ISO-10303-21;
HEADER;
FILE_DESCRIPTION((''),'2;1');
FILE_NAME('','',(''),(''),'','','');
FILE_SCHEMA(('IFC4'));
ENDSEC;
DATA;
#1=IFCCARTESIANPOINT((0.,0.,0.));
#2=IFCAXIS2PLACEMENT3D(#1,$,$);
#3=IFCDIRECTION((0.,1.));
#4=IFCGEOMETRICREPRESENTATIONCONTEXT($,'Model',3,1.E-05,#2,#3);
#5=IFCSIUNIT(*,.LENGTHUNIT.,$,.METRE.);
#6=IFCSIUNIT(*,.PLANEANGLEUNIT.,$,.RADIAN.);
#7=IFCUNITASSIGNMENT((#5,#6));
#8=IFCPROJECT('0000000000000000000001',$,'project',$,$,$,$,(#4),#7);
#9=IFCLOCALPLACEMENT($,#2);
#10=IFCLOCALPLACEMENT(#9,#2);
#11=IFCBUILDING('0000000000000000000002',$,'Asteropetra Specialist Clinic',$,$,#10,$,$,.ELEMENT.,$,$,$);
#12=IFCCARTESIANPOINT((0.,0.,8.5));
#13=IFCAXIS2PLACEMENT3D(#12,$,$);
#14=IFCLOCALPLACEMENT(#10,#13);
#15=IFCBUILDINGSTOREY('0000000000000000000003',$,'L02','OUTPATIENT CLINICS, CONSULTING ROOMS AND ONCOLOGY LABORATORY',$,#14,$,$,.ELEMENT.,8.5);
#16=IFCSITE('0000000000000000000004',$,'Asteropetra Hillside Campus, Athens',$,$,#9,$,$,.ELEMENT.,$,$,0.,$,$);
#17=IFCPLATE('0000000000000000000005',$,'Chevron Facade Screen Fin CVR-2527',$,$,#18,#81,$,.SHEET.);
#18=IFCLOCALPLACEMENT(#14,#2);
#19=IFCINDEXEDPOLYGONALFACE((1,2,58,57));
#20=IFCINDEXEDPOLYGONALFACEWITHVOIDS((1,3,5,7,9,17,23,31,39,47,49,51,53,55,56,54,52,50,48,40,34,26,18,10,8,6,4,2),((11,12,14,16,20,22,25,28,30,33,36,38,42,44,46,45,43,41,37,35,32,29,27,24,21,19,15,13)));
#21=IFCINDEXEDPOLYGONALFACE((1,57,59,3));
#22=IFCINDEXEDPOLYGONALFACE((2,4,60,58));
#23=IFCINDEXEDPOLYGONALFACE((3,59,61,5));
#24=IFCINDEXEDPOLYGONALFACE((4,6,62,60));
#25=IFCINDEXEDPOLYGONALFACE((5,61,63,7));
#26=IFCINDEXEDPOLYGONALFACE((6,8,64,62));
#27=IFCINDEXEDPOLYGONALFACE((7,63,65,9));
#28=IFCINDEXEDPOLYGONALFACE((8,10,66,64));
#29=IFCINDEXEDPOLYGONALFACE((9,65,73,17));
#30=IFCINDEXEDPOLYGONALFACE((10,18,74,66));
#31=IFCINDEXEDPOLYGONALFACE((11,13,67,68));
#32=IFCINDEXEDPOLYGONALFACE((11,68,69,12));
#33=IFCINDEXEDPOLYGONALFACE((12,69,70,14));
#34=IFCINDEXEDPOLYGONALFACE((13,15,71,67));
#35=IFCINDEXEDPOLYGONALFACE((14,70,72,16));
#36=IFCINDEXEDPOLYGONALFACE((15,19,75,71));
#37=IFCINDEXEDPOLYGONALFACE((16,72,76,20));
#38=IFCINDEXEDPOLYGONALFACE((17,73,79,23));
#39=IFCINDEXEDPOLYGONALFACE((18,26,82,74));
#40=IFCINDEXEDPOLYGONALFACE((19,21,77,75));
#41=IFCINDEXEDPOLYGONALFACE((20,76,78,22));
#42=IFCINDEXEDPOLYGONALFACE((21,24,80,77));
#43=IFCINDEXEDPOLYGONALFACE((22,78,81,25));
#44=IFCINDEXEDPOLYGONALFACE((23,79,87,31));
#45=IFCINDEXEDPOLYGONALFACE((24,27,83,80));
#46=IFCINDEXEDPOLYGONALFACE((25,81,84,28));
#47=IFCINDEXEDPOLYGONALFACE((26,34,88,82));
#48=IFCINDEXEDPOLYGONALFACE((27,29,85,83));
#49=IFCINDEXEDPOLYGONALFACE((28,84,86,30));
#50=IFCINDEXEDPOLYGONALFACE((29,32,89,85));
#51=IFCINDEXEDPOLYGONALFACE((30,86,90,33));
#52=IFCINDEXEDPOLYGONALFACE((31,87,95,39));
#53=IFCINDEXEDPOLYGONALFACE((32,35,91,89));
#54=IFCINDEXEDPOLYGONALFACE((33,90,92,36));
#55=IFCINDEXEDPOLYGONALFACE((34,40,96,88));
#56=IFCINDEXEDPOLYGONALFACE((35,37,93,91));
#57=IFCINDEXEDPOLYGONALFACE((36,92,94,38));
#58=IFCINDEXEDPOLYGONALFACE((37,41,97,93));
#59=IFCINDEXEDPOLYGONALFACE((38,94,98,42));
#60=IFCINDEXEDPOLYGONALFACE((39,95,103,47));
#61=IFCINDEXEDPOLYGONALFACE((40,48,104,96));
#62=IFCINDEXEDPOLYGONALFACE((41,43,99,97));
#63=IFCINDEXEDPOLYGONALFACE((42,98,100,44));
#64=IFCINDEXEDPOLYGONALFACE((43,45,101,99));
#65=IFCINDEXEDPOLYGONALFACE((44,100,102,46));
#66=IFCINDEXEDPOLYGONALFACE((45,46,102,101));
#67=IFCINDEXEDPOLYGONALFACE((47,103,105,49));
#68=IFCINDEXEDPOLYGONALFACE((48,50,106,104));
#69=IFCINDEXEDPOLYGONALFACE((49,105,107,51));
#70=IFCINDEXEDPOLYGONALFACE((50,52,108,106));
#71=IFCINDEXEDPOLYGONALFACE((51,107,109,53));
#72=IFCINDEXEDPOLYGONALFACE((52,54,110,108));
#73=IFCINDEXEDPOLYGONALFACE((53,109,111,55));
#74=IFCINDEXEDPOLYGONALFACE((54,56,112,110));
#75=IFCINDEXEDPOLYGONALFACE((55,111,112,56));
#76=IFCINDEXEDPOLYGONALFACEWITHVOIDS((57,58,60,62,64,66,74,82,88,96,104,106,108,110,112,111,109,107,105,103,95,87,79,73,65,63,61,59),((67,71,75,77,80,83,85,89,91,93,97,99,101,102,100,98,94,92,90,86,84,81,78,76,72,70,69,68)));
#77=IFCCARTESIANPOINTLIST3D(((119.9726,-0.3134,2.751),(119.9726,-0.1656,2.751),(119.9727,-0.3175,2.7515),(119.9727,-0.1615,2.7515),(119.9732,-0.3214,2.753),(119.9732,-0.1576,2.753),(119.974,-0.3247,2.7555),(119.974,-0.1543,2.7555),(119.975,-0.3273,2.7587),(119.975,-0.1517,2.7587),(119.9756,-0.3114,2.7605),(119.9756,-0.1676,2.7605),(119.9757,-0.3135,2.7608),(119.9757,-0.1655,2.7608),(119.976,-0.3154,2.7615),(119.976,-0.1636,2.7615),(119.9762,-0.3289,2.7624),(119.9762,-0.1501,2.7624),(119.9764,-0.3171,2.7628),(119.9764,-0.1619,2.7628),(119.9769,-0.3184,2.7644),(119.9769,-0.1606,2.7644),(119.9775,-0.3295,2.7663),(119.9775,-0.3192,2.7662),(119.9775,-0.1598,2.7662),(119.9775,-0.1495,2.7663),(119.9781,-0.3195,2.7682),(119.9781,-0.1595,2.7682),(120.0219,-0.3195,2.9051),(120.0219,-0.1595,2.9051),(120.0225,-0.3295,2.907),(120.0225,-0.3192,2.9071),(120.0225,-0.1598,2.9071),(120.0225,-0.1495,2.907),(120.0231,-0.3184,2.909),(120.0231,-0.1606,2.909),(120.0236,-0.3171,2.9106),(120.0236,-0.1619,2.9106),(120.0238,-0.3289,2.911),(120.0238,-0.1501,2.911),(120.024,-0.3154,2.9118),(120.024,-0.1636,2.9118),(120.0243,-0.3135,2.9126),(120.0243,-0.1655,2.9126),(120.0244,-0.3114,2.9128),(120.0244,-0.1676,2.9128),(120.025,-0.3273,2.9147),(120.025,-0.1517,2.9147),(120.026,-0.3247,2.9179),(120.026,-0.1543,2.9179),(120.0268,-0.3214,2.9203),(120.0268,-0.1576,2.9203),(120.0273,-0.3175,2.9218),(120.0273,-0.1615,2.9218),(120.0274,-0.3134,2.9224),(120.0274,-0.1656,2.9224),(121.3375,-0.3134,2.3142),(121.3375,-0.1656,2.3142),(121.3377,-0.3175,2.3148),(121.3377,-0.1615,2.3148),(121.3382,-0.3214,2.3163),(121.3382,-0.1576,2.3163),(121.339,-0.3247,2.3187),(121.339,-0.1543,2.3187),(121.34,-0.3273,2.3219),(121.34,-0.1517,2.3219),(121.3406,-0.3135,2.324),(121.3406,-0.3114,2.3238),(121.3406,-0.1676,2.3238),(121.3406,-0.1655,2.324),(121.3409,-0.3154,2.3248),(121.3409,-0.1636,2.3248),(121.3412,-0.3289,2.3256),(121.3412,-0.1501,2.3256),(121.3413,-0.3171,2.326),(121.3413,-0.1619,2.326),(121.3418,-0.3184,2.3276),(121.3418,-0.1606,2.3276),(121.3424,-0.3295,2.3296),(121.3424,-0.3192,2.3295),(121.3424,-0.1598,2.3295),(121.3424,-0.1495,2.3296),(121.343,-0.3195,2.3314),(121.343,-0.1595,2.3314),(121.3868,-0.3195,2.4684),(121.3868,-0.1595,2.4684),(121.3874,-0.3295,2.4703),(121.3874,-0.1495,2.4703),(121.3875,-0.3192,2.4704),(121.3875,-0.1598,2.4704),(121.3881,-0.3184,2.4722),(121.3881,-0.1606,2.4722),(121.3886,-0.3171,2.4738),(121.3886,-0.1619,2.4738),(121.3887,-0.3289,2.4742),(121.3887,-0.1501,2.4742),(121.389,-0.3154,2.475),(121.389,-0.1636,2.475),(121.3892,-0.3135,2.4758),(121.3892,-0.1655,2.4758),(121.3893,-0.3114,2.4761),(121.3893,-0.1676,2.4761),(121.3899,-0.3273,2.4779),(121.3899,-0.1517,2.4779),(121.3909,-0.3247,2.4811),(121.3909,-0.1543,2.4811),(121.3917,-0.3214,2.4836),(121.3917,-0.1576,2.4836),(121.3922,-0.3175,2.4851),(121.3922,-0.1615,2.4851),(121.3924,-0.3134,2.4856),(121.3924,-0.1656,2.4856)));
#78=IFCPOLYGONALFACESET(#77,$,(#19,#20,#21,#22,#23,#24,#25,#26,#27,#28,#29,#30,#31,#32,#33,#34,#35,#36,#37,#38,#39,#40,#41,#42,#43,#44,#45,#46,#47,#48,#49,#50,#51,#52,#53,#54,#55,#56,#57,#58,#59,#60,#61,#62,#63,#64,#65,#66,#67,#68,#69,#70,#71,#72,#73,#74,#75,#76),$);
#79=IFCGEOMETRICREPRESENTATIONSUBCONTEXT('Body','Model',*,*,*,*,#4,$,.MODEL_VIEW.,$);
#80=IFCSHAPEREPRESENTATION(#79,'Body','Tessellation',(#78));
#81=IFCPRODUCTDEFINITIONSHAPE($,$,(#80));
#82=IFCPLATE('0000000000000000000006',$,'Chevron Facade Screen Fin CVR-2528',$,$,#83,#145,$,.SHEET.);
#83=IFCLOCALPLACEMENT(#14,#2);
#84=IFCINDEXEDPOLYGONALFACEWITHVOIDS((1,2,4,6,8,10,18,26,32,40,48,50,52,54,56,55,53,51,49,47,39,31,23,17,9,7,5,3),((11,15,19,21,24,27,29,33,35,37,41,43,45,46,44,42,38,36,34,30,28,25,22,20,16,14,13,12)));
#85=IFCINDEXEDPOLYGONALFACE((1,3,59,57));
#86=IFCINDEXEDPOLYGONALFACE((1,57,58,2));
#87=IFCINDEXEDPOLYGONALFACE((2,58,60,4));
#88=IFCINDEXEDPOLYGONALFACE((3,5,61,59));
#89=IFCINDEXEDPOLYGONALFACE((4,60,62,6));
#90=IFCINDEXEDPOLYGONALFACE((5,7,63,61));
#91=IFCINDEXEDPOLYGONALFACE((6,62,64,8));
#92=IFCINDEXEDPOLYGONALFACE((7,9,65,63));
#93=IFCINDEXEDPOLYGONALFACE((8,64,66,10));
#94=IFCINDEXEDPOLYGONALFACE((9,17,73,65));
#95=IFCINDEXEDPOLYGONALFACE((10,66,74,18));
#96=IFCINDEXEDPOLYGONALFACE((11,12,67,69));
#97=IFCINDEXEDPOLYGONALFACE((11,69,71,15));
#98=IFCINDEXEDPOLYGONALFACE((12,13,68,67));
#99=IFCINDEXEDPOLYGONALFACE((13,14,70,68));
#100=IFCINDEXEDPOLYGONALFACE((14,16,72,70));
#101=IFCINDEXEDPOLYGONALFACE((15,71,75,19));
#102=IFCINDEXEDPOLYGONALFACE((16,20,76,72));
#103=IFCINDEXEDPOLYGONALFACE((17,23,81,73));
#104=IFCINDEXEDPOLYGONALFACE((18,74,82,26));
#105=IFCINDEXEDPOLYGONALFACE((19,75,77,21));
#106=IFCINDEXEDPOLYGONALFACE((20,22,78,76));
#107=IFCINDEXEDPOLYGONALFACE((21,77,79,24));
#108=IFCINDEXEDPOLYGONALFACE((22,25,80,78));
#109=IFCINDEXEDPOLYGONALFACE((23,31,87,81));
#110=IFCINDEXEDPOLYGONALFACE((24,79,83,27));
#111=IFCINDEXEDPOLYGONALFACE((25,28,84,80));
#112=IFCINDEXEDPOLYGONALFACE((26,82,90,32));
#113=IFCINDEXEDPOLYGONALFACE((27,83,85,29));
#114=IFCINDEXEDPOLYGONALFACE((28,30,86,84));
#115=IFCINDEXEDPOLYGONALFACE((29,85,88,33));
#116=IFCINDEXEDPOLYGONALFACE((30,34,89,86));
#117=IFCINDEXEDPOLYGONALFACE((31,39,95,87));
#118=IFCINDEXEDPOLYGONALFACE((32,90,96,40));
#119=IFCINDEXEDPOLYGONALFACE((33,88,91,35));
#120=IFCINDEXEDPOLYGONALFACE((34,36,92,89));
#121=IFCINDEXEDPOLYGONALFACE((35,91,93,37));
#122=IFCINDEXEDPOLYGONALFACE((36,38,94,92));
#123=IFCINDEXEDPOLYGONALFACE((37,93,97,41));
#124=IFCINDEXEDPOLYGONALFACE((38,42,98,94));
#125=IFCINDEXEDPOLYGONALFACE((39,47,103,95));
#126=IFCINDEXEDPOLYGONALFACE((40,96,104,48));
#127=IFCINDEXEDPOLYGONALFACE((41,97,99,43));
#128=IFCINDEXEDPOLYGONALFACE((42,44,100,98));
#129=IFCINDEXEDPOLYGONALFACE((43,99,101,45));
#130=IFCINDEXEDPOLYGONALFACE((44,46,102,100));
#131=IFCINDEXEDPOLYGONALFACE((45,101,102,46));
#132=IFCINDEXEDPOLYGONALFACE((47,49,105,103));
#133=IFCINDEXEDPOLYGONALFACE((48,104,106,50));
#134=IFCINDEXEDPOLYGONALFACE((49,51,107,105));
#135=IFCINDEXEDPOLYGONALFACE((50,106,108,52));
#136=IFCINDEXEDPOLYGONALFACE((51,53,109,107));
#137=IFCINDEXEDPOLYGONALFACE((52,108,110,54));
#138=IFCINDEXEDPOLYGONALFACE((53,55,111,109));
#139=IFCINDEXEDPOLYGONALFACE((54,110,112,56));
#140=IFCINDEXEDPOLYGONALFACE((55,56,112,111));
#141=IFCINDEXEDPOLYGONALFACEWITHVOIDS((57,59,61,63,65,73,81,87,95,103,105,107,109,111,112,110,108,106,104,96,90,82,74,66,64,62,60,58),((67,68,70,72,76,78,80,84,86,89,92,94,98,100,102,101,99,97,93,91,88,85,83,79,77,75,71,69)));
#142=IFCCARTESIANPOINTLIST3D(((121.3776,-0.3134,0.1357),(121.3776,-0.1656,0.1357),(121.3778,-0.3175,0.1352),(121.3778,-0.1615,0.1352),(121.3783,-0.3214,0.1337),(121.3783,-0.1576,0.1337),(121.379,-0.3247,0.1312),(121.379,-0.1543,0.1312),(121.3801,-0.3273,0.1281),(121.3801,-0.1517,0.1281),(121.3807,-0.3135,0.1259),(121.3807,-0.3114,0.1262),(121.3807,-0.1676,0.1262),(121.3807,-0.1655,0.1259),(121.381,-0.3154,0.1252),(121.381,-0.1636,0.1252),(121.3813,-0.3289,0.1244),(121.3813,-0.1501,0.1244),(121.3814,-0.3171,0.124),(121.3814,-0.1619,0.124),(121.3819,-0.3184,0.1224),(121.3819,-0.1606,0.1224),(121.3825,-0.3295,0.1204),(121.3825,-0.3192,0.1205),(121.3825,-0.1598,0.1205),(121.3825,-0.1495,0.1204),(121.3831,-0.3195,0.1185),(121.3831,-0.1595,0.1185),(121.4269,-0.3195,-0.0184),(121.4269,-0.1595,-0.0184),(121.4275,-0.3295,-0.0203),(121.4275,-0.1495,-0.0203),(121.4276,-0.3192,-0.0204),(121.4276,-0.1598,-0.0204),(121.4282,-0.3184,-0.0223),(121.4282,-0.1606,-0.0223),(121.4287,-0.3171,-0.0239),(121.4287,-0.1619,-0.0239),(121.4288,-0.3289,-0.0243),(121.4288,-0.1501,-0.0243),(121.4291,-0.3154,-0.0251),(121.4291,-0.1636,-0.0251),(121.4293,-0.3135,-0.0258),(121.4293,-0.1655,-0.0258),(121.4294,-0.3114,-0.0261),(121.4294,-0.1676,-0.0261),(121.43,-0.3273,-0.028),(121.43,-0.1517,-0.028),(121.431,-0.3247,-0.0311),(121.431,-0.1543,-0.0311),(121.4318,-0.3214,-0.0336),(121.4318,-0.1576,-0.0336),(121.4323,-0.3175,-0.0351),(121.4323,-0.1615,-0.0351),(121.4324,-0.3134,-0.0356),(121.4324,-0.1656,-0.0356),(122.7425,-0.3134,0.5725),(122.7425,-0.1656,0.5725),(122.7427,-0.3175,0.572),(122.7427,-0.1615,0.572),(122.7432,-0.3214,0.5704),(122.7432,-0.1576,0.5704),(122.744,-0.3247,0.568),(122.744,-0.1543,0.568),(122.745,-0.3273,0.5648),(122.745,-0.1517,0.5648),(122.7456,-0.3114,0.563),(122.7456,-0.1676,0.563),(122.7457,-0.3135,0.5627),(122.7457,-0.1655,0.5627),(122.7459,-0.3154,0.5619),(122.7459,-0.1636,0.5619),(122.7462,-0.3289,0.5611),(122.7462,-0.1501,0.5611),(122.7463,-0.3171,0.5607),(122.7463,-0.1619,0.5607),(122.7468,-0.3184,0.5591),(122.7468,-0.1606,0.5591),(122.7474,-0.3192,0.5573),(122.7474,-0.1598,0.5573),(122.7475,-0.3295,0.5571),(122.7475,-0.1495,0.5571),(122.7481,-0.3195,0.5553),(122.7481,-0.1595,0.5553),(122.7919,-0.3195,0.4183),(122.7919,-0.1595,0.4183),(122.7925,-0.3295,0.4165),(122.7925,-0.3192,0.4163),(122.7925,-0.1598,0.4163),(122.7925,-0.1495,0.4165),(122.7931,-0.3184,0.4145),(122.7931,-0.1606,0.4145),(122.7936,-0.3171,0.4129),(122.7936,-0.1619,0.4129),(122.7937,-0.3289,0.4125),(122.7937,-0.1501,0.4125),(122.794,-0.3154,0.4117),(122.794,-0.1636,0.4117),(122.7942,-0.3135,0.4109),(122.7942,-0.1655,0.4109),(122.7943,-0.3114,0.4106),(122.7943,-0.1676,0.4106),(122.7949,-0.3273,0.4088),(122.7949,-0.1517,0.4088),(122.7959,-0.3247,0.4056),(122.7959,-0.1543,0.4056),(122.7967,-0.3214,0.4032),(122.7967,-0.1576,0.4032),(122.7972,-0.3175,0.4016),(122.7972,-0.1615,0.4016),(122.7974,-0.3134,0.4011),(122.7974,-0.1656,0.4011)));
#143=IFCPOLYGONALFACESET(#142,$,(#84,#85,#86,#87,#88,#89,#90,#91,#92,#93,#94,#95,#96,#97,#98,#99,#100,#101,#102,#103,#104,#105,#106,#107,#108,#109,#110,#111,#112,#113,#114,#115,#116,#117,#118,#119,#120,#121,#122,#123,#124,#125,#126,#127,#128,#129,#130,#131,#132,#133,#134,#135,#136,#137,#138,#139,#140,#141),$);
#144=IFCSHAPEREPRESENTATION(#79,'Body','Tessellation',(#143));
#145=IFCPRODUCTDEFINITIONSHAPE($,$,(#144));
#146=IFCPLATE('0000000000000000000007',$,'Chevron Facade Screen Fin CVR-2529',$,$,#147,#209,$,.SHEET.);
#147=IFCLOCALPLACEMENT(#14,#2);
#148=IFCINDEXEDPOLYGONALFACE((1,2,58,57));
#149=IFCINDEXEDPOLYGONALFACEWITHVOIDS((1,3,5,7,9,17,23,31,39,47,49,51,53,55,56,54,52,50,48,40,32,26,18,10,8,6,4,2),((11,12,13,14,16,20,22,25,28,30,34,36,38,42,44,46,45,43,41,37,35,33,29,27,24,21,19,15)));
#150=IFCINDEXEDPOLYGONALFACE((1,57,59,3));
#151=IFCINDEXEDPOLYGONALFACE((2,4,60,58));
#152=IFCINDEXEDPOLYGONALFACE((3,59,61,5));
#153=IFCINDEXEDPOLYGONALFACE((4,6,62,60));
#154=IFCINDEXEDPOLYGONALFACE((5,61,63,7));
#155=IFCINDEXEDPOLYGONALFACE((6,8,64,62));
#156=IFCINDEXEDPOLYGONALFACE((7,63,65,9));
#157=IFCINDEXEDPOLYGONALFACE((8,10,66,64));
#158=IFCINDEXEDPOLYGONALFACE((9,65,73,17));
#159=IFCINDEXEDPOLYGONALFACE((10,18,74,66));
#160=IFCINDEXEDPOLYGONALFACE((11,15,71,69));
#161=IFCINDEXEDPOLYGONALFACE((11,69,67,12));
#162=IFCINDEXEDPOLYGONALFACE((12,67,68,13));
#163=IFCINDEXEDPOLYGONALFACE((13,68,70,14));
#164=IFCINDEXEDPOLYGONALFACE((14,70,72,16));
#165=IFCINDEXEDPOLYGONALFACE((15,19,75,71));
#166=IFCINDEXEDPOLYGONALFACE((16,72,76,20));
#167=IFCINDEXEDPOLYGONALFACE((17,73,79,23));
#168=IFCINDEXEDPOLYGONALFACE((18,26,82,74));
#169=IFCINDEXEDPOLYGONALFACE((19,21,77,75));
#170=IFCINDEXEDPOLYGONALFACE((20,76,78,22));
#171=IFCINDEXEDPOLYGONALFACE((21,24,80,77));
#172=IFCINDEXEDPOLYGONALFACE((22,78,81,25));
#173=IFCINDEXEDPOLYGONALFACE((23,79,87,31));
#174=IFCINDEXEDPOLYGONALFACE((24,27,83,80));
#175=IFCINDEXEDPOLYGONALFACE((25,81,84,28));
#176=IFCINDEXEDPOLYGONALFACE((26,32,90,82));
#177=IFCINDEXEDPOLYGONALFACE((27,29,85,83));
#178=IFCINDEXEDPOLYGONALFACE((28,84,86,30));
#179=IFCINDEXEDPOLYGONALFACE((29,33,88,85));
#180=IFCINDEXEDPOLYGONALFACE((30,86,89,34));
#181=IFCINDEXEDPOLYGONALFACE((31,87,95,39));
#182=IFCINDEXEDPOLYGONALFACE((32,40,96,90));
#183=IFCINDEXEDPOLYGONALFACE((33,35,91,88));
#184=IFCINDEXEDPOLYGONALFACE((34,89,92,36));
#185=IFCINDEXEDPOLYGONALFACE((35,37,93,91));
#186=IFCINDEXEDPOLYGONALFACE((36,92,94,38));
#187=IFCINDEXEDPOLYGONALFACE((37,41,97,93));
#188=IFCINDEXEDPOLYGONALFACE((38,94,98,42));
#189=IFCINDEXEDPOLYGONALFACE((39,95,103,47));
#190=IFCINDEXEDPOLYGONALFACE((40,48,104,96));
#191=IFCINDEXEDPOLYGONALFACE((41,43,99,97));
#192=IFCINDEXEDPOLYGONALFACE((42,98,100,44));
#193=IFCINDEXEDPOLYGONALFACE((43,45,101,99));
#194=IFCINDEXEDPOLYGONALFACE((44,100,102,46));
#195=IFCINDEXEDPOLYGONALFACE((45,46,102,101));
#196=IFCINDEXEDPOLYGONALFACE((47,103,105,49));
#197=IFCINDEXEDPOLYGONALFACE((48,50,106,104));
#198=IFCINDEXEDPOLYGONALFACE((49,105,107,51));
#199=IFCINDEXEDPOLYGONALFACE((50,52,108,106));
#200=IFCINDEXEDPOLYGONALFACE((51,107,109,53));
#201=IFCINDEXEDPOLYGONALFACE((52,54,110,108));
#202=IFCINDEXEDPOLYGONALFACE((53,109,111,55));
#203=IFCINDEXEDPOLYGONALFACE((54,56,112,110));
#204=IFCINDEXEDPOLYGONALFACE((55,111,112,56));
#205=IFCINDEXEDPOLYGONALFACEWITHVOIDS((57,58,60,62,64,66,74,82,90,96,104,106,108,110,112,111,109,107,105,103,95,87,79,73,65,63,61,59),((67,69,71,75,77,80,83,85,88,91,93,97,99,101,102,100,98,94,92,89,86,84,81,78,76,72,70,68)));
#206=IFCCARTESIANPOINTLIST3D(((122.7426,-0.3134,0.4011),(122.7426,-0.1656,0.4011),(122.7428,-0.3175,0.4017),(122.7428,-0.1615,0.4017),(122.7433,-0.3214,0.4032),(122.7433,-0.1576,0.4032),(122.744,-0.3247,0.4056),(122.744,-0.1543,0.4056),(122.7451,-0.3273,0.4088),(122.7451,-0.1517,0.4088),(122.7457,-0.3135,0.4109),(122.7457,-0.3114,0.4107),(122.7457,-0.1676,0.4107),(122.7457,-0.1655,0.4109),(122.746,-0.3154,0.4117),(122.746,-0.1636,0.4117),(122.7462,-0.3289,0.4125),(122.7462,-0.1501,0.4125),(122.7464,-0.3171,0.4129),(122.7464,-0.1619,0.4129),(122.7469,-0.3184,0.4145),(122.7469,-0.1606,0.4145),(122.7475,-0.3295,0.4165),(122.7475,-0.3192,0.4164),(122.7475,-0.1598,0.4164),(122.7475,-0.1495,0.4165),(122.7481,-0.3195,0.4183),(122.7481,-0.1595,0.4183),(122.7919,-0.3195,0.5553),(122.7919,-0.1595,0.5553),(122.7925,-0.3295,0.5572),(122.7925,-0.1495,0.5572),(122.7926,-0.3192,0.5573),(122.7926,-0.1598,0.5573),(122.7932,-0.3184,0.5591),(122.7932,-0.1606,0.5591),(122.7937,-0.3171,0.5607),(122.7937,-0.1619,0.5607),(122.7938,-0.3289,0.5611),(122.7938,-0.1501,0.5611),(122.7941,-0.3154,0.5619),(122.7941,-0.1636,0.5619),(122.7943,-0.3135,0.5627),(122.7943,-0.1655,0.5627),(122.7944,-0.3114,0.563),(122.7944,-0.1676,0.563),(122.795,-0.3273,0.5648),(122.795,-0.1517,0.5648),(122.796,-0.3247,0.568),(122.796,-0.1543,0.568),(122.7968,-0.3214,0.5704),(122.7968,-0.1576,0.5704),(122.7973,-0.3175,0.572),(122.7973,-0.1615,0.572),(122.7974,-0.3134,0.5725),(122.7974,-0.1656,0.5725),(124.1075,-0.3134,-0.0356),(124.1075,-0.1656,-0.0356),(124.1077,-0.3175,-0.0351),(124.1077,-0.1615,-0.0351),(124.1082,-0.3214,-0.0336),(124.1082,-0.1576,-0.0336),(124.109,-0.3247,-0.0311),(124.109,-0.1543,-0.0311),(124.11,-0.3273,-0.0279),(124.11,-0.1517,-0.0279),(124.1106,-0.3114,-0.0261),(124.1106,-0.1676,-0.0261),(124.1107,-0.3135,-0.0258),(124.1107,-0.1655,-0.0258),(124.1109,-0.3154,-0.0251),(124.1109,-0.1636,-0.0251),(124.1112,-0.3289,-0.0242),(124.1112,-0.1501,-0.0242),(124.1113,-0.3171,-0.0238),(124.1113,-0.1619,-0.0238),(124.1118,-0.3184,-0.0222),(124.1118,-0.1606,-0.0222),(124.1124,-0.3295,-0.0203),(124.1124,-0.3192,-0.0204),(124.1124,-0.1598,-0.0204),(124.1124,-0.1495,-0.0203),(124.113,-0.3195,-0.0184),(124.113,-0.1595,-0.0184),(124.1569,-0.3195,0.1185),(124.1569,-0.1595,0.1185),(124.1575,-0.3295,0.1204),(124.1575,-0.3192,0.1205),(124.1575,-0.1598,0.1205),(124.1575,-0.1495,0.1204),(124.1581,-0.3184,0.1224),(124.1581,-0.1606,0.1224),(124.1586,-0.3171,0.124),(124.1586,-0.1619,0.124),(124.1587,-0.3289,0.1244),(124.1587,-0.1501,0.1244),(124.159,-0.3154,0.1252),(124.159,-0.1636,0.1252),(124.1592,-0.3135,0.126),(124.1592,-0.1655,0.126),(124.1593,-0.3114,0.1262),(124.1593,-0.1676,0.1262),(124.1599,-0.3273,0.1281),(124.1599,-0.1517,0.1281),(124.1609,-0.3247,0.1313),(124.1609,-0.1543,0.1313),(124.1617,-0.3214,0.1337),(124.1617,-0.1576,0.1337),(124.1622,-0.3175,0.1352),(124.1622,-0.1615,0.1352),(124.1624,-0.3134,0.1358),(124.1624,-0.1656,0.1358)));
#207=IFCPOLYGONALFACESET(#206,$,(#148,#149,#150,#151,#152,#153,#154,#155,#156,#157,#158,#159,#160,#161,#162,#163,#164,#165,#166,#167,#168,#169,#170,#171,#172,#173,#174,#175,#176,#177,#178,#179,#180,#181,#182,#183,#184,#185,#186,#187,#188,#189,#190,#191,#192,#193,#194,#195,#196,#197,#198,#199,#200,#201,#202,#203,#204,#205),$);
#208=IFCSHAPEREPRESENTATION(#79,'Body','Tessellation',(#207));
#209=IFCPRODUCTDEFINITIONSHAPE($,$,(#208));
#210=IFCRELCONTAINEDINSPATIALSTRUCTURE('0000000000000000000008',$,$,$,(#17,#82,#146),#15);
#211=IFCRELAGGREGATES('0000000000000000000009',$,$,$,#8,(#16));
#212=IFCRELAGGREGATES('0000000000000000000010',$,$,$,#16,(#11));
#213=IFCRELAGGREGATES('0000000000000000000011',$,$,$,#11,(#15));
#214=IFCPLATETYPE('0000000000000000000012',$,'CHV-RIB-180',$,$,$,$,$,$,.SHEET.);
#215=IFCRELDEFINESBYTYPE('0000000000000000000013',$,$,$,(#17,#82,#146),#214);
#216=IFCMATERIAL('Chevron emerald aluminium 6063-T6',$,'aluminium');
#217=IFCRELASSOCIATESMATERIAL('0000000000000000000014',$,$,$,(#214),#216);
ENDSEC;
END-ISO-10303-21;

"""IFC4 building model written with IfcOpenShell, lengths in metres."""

from ifc_helpers import new_model, si_unit, direction, frame, origin, origin_2d, place, context, subcontext, project, spatial, hollow_rectangle, extrude, material, material_profile, profile_set, type_object, element, save


model = new_model("IFC4")

# Units and contexts
model_context = context("Model", 3, precision=1e-05, world=origin(), true_north=direction((0.0, 1.0)))
body_context = subcontext(model_context, "Body", "Model", "MODEL_VIEW")
ifc_project = project(units=[si_unit("LENGTHUNIT", "METRE"), si_unit("PLANEANGLEUNIT", "RADIAN")], contexts=[model_context])

# Site, building, storey
site_placement = place(None, origin())
site = spatial("IfcSite", under=ifc_project, at=site_placement, Name="Asteropetra Hillside Campus, Athens", CompositionType="ELEMENT", RefElevation=0.0)
building_placement = place(site_placement, origin())
building = spatial("IfcBuilding", under=site, at=building_placement, Name="Asteropetra Specialist Clinic", CompositionType="ELEMENT")
storey_placement = place(building_placement, frame((0.0, 0.0, 8.5)))
storey = spatial("IfcBuildingStorey", under=building, at=storey_placement, Name="L02", Description="OUTPATIENT CLINICS, CONSULTING ROOMS AND ONCOLOGY LABORATORY", CompositionType="ELEMENT", Elevation=8.5)

# Plates
ifc_material_1 = material(Name="Chevron emerald aluminium 6063-T6", Category="aluminium")
ifc_material_profile = material_profile(ifc_material_1, hollow_rectangle(XDim=0.1799, YDim=0.1799, WallThickness=0.01, InnerFilletRadius=0.0081, OuterFilletRadius=0.0161, at=origin_2d()), Name="SHS 180x180x10.0")
ifc_profile_set = profile_set([ifc_material_profile], Name="Chevron emerald aluminium 6063-T6")
plate_type = type_object("IfcPlateType", Name="CHV-RIB-180", PredefinedType="SHEET", material=ifc_profile_set)
for number, where, z_axis, x_axis, name in (
    (1, (120.0, -0.2395, 2.8367), (0.95243, 0.0, -0.304757), (0.0, 1.0, 0.0), "Chevron Facade Screen Fin CVR-2527"),
    (2, (121.405, -0.2395, 0.05), (0.95243, 0.0, 0.304757), (0.0, 1.0, 0.0), "Chevron Facade Screen Fin CVR-2528"),
    (3, (122.77, -0.2395, 0.4868), (0.95243, 0.0, -0.304757), (0.0, 1.0, 0.0), "Chevron Facade Screen Fin CVR-2529"),
):
    element("IfcPlate", number, at=place(storey_placement, frame(where, z_axis=z_axis, x_axis=x_axis)), inside=storey, type_object=plate_type, Name=name, PredefinedType="SHEET", context=body_context, shape_type="SweptSolid", body=[
        extrude(hollow_rectangle(XDim=0.1799, YDim=0.1799, WallThickness=0.01, InnerFilletRadius=0.0081, OuterFilletRadius=0.0161, at=origin_2d()), origin(), (0.0, 0.0, 1.0), 1.4331),
    ])

save(model, "model.ifc")
